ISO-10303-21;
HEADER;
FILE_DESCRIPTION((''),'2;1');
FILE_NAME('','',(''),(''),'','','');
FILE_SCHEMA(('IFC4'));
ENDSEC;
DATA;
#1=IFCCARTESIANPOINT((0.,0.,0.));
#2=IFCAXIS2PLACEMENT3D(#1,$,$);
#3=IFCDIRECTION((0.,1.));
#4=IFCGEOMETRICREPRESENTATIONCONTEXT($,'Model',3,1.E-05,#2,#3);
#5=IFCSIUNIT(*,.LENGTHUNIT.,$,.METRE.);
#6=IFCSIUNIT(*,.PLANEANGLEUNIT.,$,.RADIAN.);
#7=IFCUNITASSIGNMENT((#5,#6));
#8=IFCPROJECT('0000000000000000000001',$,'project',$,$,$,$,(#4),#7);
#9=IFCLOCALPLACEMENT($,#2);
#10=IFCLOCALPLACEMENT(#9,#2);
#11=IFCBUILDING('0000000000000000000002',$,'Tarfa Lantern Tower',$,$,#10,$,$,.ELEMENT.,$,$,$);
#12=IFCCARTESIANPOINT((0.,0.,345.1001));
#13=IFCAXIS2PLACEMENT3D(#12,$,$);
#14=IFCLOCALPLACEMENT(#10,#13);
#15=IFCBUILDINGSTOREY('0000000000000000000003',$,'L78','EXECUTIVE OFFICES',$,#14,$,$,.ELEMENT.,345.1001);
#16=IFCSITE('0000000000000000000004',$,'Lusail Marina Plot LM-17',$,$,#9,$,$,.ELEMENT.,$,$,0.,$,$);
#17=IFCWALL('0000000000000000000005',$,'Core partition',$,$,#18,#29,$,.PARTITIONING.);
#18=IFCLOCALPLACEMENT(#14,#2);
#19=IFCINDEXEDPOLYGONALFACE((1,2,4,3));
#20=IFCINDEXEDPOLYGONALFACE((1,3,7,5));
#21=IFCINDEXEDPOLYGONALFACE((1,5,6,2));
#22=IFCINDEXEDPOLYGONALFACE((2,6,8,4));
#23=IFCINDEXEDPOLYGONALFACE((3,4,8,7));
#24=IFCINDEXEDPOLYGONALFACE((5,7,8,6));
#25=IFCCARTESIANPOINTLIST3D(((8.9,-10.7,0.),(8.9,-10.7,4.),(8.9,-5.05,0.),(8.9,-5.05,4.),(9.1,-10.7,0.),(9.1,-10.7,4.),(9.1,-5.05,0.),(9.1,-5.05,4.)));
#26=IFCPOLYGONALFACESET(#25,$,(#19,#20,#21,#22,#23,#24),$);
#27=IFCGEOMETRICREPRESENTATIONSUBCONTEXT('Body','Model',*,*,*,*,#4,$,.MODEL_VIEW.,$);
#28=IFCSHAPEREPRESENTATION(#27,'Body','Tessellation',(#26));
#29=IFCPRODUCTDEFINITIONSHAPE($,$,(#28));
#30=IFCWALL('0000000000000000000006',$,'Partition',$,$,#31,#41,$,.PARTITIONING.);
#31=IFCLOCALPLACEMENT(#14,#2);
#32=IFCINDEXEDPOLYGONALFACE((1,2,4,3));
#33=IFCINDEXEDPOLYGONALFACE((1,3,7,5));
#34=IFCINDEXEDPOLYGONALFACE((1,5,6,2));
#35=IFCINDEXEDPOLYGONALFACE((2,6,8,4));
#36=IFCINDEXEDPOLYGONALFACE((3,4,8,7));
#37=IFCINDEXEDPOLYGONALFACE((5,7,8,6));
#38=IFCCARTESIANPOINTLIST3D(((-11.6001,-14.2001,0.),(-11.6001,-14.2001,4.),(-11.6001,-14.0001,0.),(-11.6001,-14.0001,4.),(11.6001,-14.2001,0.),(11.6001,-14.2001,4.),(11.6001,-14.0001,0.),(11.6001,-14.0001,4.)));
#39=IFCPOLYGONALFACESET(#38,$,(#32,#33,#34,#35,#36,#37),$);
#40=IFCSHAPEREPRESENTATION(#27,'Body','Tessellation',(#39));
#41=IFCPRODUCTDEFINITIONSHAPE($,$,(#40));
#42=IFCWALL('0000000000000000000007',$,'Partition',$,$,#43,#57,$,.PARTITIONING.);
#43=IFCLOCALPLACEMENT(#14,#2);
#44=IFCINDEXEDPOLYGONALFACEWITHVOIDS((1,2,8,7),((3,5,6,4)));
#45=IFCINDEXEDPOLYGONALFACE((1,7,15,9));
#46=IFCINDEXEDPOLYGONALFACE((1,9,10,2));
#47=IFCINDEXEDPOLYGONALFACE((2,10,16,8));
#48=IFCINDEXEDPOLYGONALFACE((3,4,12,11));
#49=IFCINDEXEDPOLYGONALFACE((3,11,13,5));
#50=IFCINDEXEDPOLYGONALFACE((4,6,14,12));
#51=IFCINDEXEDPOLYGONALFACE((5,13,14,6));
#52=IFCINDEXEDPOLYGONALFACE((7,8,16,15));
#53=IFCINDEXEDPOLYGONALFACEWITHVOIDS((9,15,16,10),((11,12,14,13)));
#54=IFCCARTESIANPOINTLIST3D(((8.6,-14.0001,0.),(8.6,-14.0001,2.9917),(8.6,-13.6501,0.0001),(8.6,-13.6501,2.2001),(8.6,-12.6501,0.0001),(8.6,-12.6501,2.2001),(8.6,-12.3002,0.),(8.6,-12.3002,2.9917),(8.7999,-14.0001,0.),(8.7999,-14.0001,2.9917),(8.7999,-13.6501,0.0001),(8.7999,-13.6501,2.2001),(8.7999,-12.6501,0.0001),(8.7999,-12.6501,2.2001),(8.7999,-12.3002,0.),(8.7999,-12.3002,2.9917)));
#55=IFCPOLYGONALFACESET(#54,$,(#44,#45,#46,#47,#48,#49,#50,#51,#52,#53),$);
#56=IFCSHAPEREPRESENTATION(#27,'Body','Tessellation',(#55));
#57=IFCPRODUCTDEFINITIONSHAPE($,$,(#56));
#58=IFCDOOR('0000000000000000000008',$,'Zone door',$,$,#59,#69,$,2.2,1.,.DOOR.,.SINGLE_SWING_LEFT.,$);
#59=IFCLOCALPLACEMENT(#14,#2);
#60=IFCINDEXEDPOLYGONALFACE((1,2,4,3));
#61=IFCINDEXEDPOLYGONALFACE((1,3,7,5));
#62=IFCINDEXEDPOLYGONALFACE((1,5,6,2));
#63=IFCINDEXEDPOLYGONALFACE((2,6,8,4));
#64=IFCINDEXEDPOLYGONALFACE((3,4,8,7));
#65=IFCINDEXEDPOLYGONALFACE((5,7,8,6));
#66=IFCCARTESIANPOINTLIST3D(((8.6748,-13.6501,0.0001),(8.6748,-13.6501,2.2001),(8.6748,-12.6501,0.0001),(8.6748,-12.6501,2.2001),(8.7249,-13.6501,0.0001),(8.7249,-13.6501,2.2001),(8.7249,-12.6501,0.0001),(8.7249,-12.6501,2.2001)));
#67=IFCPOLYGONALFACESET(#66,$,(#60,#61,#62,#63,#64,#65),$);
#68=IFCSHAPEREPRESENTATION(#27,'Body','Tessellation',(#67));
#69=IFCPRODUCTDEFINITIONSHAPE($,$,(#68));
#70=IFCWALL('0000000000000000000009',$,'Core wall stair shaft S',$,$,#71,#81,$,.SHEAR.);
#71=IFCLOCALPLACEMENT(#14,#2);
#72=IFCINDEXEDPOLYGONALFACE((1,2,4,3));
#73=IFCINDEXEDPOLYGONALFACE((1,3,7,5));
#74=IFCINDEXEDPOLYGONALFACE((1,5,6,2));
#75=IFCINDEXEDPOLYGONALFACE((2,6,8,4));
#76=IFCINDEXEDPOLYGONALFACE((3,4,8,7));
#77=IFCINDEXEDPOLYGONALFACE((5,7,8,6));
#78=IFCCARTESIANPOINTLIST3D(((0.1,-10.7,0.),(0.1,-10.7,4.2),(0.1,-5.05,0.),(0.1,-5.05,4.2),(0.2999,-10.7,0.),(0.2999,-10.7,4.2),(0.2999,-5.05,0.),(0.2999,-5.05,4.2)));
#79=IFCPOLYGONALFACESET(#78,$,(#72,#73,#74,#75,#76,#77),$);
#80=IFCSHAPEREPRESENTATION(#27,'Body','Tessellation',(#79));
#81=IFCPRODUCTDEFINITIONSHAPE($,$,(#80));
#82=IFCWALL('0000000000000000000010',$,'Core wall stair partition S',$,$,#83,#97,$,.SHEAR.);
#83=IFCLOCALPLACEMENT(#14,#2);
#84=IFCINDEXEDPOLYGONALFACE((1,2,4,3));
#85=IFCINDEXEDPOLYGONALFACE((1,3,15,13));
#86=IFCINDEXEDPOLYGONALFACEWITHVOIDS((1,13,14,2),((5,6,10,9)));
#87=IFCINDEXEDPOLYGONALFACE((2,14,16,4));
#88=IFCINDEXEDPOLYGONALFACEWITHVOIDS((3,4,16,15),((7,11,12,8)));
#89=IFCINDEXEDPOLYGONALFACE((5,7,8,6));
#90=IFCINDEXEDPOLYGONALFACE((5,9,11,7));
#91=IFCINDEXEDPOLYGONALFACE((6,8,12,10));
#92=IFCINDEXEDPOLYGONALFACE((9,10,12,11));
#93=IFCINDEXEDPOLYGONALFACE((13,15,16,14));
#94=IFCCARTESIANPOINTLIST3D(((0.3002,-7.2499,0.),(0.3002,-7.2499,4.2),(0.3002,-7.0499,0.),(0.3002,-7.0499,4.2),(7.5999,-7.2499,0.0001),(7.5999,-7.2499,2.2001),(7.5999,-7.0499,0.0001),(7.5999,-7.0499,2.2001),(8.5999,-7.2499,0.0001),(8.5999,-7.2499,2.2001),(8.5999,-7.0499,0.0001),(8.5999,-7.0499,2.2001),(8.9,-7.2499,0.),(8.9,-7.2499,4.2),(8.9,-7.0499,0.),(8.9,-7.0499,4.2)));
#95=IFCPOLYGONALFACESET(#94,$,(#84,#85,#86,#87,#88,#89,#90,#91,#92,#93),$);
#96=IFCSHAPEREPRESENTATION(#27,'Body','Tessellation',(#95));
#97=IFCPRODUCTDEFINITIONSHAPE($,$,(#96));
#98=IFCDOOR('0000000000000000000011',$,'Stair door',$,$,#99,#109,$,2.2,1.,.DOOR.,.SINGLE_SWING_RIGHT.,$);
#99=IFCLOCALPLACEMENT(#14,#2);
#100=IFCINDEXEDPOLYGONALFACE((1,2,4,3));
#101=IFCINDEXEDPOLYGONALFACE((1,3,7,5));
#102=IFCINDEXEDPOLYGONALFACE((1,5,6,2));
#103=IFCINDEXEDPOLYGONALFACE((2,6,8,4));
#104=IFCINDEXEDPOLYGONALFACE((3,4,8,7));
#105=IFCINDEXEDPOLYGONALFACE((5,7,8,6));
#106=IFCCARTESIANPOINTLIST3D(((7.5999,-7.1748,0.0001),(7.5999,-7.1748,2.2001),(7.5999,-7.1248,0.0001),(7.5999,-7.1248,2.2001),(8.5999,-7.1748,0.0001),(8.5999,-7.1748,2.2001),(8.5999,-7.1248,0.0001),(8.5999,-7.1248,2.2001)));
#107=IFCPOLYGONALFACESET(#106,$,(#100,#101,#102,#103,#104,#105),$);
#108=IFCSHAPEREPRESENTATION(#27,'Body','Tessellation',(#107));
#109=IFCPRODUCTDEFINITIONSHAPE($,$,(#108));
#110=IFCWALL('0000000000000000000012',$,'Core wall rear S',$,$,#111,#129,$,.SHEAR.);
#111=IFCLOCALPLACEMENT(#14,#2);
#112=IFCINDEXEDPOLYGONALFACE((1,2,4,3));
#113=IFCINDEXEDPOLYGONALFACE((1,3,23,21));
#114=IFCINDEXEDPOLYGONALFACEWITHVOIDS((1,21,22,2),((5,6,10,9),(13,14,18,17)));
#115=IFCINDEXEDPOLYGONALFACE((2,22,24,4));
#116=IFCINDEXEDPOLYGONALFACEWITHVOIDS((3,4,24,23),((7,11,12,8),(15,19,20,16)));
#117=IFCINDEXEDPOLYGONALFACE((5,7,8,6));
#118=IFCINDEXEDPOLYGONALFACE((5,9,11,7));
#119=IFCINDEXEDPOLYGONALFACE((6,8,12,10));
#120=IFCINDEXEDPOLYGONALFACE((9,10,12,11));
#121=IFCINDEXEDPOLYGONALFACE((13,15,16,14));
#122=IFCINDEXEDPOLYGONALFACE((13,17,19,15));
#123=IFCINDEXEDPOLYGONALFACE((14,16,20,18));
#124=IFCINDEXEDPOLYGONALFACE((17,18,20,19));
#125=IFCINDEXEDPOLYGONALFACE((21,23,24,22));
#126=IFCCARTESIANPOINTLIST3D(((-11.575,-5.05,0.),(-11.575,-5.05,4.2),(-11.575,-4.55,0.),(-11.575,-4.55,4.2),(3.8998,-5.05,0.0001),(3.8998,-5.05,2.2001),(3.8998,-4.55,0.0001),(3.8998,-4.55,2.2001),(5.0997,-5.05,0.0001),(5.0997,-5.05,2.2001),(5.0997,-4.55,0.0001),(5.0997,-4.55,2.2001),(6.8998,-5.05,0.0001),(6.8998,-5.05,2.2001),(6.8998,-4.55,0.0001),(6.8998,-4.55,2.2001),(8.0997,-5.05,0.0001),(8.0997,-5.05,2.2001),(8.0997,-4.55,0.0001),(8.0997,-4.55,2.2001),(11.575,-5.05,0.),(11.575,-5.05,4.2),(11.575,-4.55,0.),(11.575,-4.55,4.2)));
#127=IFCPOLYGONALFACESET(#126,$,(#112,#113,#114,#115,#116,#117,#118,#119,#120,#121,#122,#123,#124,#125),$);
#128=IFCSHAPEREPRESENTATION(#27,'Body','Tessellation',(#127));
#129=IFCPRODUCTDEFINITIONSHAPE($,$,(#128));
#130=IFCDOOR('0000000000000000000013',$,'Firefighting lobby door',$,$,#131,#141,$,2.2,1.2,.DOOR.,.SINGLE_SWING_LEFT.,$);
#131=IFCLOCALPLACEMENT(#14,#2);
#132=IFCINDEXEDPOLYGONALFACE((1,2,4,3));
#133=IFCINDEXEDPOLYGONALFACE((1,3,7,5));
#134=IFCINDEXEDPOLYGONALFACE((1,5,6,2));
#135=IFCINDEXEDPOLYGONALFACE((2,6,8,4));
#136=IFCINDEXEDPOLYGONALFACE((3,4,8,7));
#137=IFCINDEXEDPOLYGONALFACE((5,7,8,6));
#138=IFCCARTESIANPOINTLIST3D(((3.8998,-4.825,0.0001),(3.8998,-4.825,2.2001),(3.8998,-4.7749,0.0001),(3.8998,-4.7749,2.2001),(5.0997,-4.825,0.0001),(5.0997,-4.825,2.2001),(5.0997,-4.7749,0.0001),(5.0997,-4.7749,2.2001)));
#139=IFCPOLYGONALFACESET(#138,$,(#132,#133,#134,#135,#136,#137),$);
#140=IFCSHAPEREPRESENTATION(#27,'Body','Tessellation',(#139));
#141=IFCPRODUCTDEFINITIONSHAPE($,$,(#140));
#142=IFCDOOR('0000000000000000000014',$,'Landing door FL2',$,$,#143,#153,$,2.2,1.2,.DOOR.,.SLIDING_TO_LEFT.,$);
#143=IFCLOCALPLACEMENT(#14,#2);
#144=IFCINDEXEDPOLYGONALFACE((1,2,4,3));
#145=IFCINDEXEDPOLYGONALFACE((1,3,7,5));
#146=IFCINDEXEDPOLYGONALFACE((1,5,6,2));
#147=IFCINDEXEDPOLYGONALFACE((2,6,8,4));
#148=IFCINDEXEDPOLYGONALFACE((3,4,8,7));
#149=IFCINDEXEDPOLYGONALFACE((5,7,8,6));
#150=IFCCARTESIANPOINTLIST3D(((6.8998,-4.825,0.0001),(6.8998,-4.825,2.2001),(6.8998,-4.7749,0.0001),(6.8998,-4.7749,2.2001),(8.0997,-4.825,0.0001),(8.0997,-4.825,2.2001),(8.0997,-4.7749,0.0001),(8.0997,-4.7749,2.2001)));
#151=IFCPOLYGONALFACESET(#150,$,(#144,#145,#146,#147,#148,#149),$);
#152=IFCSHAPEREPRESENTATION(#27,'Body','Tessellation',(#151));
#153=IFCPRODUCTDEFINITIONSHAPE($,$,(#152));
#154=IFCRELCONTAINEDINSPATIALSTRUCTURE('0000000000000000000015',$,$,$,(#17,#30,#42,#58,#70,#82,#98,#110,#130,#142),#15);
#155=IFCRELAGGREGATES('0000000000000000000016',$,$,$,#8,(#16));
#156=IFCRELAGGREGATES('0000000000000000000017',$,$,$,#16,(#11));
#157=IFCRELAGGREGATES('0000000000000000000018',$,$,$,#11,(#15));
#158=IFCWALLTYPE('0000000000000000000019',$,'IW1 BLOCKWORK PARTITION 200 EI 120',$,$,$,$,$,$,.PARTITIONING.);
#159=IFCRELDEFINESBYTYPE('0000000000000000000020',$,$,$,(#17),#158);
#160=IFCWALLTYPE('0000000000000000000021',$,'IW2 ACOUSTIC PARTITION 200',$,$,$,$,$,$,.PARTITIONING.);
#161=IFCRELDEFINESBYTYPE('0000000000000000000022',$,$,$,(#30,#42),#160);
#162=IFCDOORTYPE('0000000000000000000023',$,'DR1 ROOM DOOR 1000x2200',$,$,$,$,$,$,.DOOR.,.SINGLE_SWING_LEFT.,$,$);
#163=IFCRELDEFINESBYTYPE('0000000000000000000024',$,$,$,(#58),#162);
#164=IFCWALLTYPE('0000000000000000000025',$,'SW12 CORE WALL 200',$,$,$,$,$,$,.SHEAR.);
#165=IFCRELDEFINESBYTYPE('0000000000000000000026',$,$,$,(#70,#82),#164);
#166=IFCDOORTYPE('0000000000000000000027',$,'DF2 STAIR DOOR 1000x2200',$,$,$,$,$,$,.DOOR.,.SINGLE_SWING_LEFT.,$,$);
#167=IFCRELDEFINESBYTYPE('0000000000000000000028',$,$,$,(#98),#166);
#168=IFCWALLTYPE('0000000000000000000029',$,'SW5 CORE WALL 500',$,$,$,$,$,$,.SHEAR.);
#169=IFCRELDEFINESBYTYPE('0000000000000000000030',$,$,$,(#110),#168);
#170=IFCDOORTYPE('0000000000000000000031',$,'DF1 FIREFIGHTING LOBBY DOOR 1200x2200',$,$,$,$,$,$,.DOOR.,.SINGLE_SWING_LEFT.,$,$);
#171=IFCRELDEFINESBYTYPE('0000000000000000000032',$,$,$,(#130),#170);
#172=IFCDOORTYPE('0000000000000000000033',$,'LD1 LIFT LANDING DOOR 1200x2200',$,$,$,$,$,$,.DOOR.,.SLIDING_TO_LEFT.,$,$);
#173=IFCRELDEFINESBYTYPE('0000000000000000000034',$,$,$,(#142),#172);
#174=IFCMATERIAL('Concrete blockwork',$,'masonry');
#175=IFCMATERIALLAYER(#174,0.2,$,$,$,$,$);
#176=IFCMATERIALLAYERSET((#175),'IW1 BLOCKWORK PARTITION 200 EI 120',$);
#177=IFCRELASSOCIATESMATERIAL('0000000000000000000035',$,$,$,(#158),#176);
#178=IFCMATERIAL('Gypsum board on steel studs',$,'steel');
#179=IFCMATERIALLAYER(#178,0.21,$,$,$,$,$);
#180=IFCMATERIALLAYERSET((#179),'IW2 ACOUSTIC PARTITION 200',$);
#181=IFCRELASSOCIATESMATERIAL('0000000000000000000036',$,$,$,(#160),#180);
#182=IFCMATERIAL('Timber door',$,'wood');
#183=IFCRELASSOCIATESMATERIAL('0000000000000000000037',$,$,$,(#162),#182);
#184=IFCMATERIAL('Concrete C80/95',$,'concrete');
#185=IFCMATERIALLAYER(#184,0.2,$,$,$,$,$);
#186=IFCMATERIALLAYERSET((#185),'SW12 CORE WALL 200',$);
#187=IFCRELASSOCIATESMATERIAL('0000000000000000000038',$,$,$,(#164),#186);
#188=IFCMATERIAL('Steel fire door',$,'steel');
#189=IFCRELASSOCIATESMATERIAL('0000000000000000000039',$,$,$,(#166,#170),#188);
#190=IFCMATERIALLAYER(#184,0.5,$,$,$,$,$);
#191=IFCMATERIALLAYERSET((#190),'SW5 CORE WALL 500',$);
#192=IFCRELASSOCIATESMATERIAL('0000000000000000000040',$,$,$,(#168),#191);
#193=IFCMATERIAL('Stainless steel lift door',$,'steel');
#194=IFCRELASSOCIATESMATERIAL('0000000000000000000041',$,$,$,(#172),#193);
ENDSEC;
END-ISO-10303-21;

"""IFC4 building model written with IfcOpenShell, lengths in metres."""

from ifc_helpers import new_model, si_unit, direction, frame, frame_2d, origin, place, context, subcontext, project, spatial, rectangle, extrude, material, layer, layer_set, type_object, element, fill, save


model = new_model("IFC4")

# Units and contexts
model_context = context("Model", 3, precision=1e-05, world=origin(), true_north=direction((0.0, 1.0)))
body_context = subcontext(model_context, "Body", "Model", "MODEL_VIEW")
ifc_project = project(units=[si_unit("LENGTHUNIT", "METRE"), si_unit("PLANEANGLEUNIT", "RADIAN")], contexts=[model_context])

# Site, building, storey
site_placement = place(None, origin())
site = spatial("IfcSite", under=ifc_project, at=site_placement, Name="Lusail Marina Plot LM-17", CompositionType="ELEMENT", RefElevation=0.0)
building_placement = place(site_placement, origin())
building = spatial("IfcBuilding", under=site, at=building_placement, Name="Tarfa Lantern Tower", CompositionType="ELEMENT")
storey_placement = place(building_placement, frame((0.0, 0.0, 345.1001)))
storey = spatial("IfcBuildingStorey", under=building, at=storey_placement, Name="L78", Description="EXECUTIVE OFFICES", CompositionType="ELEMENT", Elevation=345.1001)

# Walls
ifc_material_1 = material(Name="Concrete blockwork", Category="masonry")
ifc_layer_1 = layer(ifc_material_1, 0.2)
ifc_layer_set_1 = layer_set([ifc_layer_1], Name="IW1 BLOCKWORK PARTITION 200 EI 120")
wall_type_1 = type_object("IfcWallType", Name="IW1 BLOCKWORK PARTITION 200 EI 120", PredefinedType="PARTITIONING", material=ifc_layer_set_1)
wall_1_placement = place(storey_placement, frame((9.0, -5.05, 0.0), z_axis=(0.0, 0.0, 1.0), x_axis=(0.0, -1.0, 0.0)))
element("IfcWall", 1, at=wall_1_placement, inside=storey, type_object=wall_type_1, Name="Core partition", PredefinedType="PARTITIONING", context=body_context, shape_type="SweptSolid", body=[
    extrude(rectangle(XDim=5.6499, YDim=0.2, at=frame_2d((2.825, 0.0))), origin(), (0.0, 0.0, 1.0), 4.0),
])
ifc_material_2 = material(Name="Gypsum board on steel studs", Category="steel")
ifc_layer_2 = layer(ifc_material_2, 0.21)
ifc_layer_set_2 = layer_set([ifc_layer_2], Name="IW2 ACOUSTIC PARTITION 200")
wall_type_2 = type_object("IfcWallType", Name="IW2 ACOUSTIC PARTITION 200", PredefinedType="PARTITIONING", material=ifc_layer_set_2)
wall_2_placement = place(storey_placement, frame((11.6001, -14.1001, 0.0), z_axis=(0.0, 0.0, 1.0), x_axis=(-1.0, 0.0, 0.0)))
element("IfcWall", 2, at=wall_2_placement, inside=storey, type_object=wall_type_2, Name="Partition", PredefinedType="PARTITIONING", context=body_context, shape_type="SweptSolid", body=[
    extrude(rectangle(XDim=23.2002, YDim=0.2, at=frame_2d((11.6001, 0.0))), origin(), (0.0, 0.0, 1.0), 4.0),
])

# Wall, opening, door
wall_3_placement = place(storey_placement, frame((8.7, -12.3, 0.0), z_axis=(0.0, 0.0, 1.0), x_axis=(0.0, -1.0, 0.0)))
wall_3 = element("IfcWall", 3, at=wall_3_placement, inside=storey, type_object=wall_type_2, Name="Partition", PredefinedType="PARTITIONING", context=body_context, shape_type="SweptSolid", body=[
    extrude(rectangle(XDim=1.7, YDim=0.2, at=frame_2d((0.8501, 0.0))), origin(), (0.0, 0.0, 1.0), 2.9917),
])
opening_1_placement = place(wall_3_placement, frame((0.3501, 0.0, 0.0)))
opening_1 = element("IfcOpeningElement", 4, at=opening_1_placement, cuts=wall_3, PredefinedType="OPENING", context=body_context, shape_type="SweptSolid", body=[
    extrude(rectangle(XDim=1.0, YDim=2.2, at=frame_2d((0.5, 1.1001))), frame((0.0, 0.1099, 0.0), z_axis=(0.0, -1.0, 0.0), x_axis=(1.0, 0.0, 0.0)), (0.0, 0.0, 1.0), 0.22),
])
ifc_material_3 = material(Name="Timber door", Category="wood")
door_type_1 = type_object("IfcDoorType", Name="DR1 ROOM DOOR 1000x2200", OperationType="SINGLE_SWING_LEFT", PredefinedType="DOOR", material=ifc_material_3)
door_1_placement = place(opening_1_placement, origin())
door_1 = element("IfcDoor", 5, at=door_1_placement, inside=storey, type_object=door_type_1, Name="Zone door", OperationType="SINGLE_SWING_LEFT", OverallHeight=2.2, OverallWidth=1.0, PredefinedType="DOOR", context=body_context, shape_type="SweptSolid", body=[
    extrude(rectangle(XDim=1.0, YDim=2.2, at=frame_2d((0.5, 1.1001))), frame((0.0, 0.0249, 0.0), z_axis=(0.0, -1.0, 0.0), x_axis=(1.0, 0.0, 0.0)), (0.0, 0.0, 1.0), 0.05),
])
fill(opening_1, door_1)

# Wall
ifc_material_4 = material(Name="Concrete C80/95", Category="concrete")
ifc_layer_3 = layer(ifc_material_4, 0.2)
ifc_layer_set_3 = layer_set([ifc_layer_3], Name="SW12 CORE WALL 200")
wall_type_3 = type_object("IfcWallType", Name="SW12 CORE WALL 200", PredefinedType="SHEAR", material=ifc_layer_set_3)
wall_4_placement = place(storey_placement, frame((0.2, -5.05, 0.0), z_axis=(0.0, 0.0, 1.0), x_axis=(0.0, -1.0, 0.0)))
element("IfcWall", 6, at=wall_4_placement, inside=storey, type_object=wall_type_3, Name="Core wall stair shaft S", PredefinedType="SHEAR", context=body_context, shape_type="SweptSolid", body=[
    extrude(rectangle(XDim=5.6499, YDim=0.2, at=frame_2d((2.825, 0.0))), origin(), (0.0, 0.0, 1.0), 4.2),
])

# Wall, opening, door
wall_5_placement = place(storey_placement, frame((8.8999, -7.1499, 0.0), z_axis=(0.0, 0.0, 1.0), x_axis=(-1.0, 0.0, 0.0)))
wall_5 = element("IfcWall", 7, at=wall_5_placement, inside=storey, type_object=wall_type_3, Name="Core wall stair partition S", PredefinedType="SHEAR", context=body_context, shape_type="SweptSolid", body=[
    extrude(rectangle(XDim=8.5999, YDim=0.2, at=frame_2d((4.2998, 0.0))), origin(), (0.0, 0.0, 1.0), 4.2),
])
opening_2_placement = place(wall_5_placement, frame((0.3, 0.0, 0.0)))
opening_2 = element("IfcOpeningElement", 8, at=opening_2_placement, cuts=wall_5, PredefinedType="OPENING", context=body_context, shape_type="SweptSolid", body=[
    extrude(rectangle(XDim=1.0, YDim=2.2, at=frame_2d((0.5, 1.1001))), frame((0.0, 0.1099, 0.0), z_axis=(0.0, -1.0, 0.0), x_axis=(1.0, 0.0, 0.0)), (0.0, 0.0, 1.0), 0.22),
])
ifc_material_5 = material(Name="Steel fire door", Category="steel")
door_type_2 = type_object("IfcDoorType", Name="DF2 STAIR DOOR 1000x2200", OperationType="SINGLE_SWING_LEFT", PredefinedType="DOOR", material=ifc_material_5)
door_2_placement = place(opening_2_placement, origin())
door_2 = element("IfcDoor", 9, at=door_2_placement, inside=storey, type_object=door_type_2, Name="Stair door", OperationType="SINGLE_SWING_RIGHT", OverallHeight=2.2, OverallWidth=1.0, PredefinedType="DOOR", context=body_context, shape_type="SweptSolid", body=[
    extrude(rectangle(XDim=1.0, YDim=2.2, at=frame_2d((0.5, 1.1001))), frame((0.0, 0.0249, 0.0), z_axis=(0.0, -1.0, 0.0), x_axis=(1.0, 0.0, 0.0)), (0.0, 0.0, 1.0), 0.05),
])
fill(opening_2, door_2)

# Wall, openings, doors
ifc_layer_4 = layer(ifc_material_4, 0.5)
ifc_layer_set_4 = layer_set([ifc_layer_4], Name="SW5 CORE WALL 500")
wall_type_4 = type_object("IfcWallType", Name="SW5 CORE WALL 500", PredefinedType="SHEAR", material=ifc_layer_set_4)
wall_6_placement = place(storey_placement, frame((11.575, -4.8, 0.0), z_axis=(0.0, 0.0, 1.0), x_axis=(-1.0, 0.0, 0.0)))
wall_6 = element("IfcWall", 10, at=wall_6_placement, inside=storey, type_object=wall_type_4, Name="Core wall rear S", PredefinedType="SHEAR", context=body_context, shape_type="SweptSolid", body=[
    extrude(rectangle(XDim=23.1499, YDim=0.5, at=frame_2d((11.575, 0.0))), origin(), (0.0, 0.0, 1.0), 4.2),
])
opening_3_placement = place(wall_6_placement, frame((6.4751, 0.0, 0.0)))
opening_3 = element("IfcOpeningElement", 11, at=opening_3_placement, cuts=wall_6, PredefinedType="OPENING", context=body_context, shape_type="SweptSolid", body=[
    extrude(rectangle(XDim=1.2, YDim=2.2, at=frame_2d((0.6001, 1.1001))), frame((0.0, 0.26, 0.0), z_axis=(0.0, -1.0, 0.0), x_axis=(1.0, 0.0, 0.0)), (0.0, 0.0, 1.0), 0.52),
])
opening_4_placement = place(wall_6_placement, frame((3.4751, 0.0, 0.0)))
opening_4 = element("IfcOpeningElement", 12, at=opening_4_placement, cuts=wall_6, PredefinedType="OPENING", context=body_context, shape_type="SweptSolid", body=[
    extrude(rectangle(XDim=1.2, YDim=2.2, at=frame_2d((0.6001, 1.1001))), frame((0.0, 0.26, 0.0), z_axis=(0.0, -1.0, 0.0), x_axis=(1.0, 0.0, 0.0)), (0.0, 0.0, 1.0), 0.52),
])
door_type_3 = type_object("IfcDoorType", Name="DF1 FIREFIGHTING LOBBY DOOR 1200x2200", OperationType="SINGLE_SWING_LEFT", PredefinedType="DOOR", material=ifc_material_5)
door_3_placement = place(opening_3_placement, origin())
door_3 = element("IfcDoor", 13, at=door_3_placement, inside=storey, type_object=door_type_3, Name="Firefighting lobby door", OperationType="SINGLE_SWING_LEFT", OverallHeight=2.2, OverallWidth=1.2, PredefinedType="DOOR", context=body_context, shape_type="SweptSolid", body=[
    extrude(rectangle(XDim=1.2, YDim=2.2, at=frame_2d((0.6001, 1.1001))), frame((0.0, 0.0249, 0.0), z_axis=(0.0, -1.0, 0.0), x_axis=(1.0, 0.0, 0.0)), (0.0, 0.0, 1.0), 0.05),
])
fill(opening_3, door_3)
ifc_material_6 = material(Name="Stainless steel lift door", Category="steel")
door_type_4 = type_object("IfcDoorType", Name="LD1 LIFT LANDING DOOR 1200x2200", OperationType="SLIDING_TO_LEFT", PredefinedType="DOOR", material=ifc_material_6)
door_4_placement = place(opening_4_placement, origin())
door_4 = element("IfcDoor", 14, at=door_4_placement, inside=storey, type_object=door_type_4, Name="Landing door FL2", OperationType="SLIDING_TO_LEFT", OverallHeight=2.2, OverallWidth=1.2, PredefinedType="DOOR", context=body_context, shape_type="SweptSolid", body=[
    extrude(rectangle(XDim=1.2, YDim=2.2, at=frame_2d((0.6001, 1.1001))), frame((0.0, 0.0249, 0.0), z_axis=(0.0, -1.0, 0.0), x_axis=(1.0, 0.0, 0.0)), (0.0, 0.0, 1.0), 0.05),
])
fill(opening_4, door_4)

save(model, "model.ifc")
